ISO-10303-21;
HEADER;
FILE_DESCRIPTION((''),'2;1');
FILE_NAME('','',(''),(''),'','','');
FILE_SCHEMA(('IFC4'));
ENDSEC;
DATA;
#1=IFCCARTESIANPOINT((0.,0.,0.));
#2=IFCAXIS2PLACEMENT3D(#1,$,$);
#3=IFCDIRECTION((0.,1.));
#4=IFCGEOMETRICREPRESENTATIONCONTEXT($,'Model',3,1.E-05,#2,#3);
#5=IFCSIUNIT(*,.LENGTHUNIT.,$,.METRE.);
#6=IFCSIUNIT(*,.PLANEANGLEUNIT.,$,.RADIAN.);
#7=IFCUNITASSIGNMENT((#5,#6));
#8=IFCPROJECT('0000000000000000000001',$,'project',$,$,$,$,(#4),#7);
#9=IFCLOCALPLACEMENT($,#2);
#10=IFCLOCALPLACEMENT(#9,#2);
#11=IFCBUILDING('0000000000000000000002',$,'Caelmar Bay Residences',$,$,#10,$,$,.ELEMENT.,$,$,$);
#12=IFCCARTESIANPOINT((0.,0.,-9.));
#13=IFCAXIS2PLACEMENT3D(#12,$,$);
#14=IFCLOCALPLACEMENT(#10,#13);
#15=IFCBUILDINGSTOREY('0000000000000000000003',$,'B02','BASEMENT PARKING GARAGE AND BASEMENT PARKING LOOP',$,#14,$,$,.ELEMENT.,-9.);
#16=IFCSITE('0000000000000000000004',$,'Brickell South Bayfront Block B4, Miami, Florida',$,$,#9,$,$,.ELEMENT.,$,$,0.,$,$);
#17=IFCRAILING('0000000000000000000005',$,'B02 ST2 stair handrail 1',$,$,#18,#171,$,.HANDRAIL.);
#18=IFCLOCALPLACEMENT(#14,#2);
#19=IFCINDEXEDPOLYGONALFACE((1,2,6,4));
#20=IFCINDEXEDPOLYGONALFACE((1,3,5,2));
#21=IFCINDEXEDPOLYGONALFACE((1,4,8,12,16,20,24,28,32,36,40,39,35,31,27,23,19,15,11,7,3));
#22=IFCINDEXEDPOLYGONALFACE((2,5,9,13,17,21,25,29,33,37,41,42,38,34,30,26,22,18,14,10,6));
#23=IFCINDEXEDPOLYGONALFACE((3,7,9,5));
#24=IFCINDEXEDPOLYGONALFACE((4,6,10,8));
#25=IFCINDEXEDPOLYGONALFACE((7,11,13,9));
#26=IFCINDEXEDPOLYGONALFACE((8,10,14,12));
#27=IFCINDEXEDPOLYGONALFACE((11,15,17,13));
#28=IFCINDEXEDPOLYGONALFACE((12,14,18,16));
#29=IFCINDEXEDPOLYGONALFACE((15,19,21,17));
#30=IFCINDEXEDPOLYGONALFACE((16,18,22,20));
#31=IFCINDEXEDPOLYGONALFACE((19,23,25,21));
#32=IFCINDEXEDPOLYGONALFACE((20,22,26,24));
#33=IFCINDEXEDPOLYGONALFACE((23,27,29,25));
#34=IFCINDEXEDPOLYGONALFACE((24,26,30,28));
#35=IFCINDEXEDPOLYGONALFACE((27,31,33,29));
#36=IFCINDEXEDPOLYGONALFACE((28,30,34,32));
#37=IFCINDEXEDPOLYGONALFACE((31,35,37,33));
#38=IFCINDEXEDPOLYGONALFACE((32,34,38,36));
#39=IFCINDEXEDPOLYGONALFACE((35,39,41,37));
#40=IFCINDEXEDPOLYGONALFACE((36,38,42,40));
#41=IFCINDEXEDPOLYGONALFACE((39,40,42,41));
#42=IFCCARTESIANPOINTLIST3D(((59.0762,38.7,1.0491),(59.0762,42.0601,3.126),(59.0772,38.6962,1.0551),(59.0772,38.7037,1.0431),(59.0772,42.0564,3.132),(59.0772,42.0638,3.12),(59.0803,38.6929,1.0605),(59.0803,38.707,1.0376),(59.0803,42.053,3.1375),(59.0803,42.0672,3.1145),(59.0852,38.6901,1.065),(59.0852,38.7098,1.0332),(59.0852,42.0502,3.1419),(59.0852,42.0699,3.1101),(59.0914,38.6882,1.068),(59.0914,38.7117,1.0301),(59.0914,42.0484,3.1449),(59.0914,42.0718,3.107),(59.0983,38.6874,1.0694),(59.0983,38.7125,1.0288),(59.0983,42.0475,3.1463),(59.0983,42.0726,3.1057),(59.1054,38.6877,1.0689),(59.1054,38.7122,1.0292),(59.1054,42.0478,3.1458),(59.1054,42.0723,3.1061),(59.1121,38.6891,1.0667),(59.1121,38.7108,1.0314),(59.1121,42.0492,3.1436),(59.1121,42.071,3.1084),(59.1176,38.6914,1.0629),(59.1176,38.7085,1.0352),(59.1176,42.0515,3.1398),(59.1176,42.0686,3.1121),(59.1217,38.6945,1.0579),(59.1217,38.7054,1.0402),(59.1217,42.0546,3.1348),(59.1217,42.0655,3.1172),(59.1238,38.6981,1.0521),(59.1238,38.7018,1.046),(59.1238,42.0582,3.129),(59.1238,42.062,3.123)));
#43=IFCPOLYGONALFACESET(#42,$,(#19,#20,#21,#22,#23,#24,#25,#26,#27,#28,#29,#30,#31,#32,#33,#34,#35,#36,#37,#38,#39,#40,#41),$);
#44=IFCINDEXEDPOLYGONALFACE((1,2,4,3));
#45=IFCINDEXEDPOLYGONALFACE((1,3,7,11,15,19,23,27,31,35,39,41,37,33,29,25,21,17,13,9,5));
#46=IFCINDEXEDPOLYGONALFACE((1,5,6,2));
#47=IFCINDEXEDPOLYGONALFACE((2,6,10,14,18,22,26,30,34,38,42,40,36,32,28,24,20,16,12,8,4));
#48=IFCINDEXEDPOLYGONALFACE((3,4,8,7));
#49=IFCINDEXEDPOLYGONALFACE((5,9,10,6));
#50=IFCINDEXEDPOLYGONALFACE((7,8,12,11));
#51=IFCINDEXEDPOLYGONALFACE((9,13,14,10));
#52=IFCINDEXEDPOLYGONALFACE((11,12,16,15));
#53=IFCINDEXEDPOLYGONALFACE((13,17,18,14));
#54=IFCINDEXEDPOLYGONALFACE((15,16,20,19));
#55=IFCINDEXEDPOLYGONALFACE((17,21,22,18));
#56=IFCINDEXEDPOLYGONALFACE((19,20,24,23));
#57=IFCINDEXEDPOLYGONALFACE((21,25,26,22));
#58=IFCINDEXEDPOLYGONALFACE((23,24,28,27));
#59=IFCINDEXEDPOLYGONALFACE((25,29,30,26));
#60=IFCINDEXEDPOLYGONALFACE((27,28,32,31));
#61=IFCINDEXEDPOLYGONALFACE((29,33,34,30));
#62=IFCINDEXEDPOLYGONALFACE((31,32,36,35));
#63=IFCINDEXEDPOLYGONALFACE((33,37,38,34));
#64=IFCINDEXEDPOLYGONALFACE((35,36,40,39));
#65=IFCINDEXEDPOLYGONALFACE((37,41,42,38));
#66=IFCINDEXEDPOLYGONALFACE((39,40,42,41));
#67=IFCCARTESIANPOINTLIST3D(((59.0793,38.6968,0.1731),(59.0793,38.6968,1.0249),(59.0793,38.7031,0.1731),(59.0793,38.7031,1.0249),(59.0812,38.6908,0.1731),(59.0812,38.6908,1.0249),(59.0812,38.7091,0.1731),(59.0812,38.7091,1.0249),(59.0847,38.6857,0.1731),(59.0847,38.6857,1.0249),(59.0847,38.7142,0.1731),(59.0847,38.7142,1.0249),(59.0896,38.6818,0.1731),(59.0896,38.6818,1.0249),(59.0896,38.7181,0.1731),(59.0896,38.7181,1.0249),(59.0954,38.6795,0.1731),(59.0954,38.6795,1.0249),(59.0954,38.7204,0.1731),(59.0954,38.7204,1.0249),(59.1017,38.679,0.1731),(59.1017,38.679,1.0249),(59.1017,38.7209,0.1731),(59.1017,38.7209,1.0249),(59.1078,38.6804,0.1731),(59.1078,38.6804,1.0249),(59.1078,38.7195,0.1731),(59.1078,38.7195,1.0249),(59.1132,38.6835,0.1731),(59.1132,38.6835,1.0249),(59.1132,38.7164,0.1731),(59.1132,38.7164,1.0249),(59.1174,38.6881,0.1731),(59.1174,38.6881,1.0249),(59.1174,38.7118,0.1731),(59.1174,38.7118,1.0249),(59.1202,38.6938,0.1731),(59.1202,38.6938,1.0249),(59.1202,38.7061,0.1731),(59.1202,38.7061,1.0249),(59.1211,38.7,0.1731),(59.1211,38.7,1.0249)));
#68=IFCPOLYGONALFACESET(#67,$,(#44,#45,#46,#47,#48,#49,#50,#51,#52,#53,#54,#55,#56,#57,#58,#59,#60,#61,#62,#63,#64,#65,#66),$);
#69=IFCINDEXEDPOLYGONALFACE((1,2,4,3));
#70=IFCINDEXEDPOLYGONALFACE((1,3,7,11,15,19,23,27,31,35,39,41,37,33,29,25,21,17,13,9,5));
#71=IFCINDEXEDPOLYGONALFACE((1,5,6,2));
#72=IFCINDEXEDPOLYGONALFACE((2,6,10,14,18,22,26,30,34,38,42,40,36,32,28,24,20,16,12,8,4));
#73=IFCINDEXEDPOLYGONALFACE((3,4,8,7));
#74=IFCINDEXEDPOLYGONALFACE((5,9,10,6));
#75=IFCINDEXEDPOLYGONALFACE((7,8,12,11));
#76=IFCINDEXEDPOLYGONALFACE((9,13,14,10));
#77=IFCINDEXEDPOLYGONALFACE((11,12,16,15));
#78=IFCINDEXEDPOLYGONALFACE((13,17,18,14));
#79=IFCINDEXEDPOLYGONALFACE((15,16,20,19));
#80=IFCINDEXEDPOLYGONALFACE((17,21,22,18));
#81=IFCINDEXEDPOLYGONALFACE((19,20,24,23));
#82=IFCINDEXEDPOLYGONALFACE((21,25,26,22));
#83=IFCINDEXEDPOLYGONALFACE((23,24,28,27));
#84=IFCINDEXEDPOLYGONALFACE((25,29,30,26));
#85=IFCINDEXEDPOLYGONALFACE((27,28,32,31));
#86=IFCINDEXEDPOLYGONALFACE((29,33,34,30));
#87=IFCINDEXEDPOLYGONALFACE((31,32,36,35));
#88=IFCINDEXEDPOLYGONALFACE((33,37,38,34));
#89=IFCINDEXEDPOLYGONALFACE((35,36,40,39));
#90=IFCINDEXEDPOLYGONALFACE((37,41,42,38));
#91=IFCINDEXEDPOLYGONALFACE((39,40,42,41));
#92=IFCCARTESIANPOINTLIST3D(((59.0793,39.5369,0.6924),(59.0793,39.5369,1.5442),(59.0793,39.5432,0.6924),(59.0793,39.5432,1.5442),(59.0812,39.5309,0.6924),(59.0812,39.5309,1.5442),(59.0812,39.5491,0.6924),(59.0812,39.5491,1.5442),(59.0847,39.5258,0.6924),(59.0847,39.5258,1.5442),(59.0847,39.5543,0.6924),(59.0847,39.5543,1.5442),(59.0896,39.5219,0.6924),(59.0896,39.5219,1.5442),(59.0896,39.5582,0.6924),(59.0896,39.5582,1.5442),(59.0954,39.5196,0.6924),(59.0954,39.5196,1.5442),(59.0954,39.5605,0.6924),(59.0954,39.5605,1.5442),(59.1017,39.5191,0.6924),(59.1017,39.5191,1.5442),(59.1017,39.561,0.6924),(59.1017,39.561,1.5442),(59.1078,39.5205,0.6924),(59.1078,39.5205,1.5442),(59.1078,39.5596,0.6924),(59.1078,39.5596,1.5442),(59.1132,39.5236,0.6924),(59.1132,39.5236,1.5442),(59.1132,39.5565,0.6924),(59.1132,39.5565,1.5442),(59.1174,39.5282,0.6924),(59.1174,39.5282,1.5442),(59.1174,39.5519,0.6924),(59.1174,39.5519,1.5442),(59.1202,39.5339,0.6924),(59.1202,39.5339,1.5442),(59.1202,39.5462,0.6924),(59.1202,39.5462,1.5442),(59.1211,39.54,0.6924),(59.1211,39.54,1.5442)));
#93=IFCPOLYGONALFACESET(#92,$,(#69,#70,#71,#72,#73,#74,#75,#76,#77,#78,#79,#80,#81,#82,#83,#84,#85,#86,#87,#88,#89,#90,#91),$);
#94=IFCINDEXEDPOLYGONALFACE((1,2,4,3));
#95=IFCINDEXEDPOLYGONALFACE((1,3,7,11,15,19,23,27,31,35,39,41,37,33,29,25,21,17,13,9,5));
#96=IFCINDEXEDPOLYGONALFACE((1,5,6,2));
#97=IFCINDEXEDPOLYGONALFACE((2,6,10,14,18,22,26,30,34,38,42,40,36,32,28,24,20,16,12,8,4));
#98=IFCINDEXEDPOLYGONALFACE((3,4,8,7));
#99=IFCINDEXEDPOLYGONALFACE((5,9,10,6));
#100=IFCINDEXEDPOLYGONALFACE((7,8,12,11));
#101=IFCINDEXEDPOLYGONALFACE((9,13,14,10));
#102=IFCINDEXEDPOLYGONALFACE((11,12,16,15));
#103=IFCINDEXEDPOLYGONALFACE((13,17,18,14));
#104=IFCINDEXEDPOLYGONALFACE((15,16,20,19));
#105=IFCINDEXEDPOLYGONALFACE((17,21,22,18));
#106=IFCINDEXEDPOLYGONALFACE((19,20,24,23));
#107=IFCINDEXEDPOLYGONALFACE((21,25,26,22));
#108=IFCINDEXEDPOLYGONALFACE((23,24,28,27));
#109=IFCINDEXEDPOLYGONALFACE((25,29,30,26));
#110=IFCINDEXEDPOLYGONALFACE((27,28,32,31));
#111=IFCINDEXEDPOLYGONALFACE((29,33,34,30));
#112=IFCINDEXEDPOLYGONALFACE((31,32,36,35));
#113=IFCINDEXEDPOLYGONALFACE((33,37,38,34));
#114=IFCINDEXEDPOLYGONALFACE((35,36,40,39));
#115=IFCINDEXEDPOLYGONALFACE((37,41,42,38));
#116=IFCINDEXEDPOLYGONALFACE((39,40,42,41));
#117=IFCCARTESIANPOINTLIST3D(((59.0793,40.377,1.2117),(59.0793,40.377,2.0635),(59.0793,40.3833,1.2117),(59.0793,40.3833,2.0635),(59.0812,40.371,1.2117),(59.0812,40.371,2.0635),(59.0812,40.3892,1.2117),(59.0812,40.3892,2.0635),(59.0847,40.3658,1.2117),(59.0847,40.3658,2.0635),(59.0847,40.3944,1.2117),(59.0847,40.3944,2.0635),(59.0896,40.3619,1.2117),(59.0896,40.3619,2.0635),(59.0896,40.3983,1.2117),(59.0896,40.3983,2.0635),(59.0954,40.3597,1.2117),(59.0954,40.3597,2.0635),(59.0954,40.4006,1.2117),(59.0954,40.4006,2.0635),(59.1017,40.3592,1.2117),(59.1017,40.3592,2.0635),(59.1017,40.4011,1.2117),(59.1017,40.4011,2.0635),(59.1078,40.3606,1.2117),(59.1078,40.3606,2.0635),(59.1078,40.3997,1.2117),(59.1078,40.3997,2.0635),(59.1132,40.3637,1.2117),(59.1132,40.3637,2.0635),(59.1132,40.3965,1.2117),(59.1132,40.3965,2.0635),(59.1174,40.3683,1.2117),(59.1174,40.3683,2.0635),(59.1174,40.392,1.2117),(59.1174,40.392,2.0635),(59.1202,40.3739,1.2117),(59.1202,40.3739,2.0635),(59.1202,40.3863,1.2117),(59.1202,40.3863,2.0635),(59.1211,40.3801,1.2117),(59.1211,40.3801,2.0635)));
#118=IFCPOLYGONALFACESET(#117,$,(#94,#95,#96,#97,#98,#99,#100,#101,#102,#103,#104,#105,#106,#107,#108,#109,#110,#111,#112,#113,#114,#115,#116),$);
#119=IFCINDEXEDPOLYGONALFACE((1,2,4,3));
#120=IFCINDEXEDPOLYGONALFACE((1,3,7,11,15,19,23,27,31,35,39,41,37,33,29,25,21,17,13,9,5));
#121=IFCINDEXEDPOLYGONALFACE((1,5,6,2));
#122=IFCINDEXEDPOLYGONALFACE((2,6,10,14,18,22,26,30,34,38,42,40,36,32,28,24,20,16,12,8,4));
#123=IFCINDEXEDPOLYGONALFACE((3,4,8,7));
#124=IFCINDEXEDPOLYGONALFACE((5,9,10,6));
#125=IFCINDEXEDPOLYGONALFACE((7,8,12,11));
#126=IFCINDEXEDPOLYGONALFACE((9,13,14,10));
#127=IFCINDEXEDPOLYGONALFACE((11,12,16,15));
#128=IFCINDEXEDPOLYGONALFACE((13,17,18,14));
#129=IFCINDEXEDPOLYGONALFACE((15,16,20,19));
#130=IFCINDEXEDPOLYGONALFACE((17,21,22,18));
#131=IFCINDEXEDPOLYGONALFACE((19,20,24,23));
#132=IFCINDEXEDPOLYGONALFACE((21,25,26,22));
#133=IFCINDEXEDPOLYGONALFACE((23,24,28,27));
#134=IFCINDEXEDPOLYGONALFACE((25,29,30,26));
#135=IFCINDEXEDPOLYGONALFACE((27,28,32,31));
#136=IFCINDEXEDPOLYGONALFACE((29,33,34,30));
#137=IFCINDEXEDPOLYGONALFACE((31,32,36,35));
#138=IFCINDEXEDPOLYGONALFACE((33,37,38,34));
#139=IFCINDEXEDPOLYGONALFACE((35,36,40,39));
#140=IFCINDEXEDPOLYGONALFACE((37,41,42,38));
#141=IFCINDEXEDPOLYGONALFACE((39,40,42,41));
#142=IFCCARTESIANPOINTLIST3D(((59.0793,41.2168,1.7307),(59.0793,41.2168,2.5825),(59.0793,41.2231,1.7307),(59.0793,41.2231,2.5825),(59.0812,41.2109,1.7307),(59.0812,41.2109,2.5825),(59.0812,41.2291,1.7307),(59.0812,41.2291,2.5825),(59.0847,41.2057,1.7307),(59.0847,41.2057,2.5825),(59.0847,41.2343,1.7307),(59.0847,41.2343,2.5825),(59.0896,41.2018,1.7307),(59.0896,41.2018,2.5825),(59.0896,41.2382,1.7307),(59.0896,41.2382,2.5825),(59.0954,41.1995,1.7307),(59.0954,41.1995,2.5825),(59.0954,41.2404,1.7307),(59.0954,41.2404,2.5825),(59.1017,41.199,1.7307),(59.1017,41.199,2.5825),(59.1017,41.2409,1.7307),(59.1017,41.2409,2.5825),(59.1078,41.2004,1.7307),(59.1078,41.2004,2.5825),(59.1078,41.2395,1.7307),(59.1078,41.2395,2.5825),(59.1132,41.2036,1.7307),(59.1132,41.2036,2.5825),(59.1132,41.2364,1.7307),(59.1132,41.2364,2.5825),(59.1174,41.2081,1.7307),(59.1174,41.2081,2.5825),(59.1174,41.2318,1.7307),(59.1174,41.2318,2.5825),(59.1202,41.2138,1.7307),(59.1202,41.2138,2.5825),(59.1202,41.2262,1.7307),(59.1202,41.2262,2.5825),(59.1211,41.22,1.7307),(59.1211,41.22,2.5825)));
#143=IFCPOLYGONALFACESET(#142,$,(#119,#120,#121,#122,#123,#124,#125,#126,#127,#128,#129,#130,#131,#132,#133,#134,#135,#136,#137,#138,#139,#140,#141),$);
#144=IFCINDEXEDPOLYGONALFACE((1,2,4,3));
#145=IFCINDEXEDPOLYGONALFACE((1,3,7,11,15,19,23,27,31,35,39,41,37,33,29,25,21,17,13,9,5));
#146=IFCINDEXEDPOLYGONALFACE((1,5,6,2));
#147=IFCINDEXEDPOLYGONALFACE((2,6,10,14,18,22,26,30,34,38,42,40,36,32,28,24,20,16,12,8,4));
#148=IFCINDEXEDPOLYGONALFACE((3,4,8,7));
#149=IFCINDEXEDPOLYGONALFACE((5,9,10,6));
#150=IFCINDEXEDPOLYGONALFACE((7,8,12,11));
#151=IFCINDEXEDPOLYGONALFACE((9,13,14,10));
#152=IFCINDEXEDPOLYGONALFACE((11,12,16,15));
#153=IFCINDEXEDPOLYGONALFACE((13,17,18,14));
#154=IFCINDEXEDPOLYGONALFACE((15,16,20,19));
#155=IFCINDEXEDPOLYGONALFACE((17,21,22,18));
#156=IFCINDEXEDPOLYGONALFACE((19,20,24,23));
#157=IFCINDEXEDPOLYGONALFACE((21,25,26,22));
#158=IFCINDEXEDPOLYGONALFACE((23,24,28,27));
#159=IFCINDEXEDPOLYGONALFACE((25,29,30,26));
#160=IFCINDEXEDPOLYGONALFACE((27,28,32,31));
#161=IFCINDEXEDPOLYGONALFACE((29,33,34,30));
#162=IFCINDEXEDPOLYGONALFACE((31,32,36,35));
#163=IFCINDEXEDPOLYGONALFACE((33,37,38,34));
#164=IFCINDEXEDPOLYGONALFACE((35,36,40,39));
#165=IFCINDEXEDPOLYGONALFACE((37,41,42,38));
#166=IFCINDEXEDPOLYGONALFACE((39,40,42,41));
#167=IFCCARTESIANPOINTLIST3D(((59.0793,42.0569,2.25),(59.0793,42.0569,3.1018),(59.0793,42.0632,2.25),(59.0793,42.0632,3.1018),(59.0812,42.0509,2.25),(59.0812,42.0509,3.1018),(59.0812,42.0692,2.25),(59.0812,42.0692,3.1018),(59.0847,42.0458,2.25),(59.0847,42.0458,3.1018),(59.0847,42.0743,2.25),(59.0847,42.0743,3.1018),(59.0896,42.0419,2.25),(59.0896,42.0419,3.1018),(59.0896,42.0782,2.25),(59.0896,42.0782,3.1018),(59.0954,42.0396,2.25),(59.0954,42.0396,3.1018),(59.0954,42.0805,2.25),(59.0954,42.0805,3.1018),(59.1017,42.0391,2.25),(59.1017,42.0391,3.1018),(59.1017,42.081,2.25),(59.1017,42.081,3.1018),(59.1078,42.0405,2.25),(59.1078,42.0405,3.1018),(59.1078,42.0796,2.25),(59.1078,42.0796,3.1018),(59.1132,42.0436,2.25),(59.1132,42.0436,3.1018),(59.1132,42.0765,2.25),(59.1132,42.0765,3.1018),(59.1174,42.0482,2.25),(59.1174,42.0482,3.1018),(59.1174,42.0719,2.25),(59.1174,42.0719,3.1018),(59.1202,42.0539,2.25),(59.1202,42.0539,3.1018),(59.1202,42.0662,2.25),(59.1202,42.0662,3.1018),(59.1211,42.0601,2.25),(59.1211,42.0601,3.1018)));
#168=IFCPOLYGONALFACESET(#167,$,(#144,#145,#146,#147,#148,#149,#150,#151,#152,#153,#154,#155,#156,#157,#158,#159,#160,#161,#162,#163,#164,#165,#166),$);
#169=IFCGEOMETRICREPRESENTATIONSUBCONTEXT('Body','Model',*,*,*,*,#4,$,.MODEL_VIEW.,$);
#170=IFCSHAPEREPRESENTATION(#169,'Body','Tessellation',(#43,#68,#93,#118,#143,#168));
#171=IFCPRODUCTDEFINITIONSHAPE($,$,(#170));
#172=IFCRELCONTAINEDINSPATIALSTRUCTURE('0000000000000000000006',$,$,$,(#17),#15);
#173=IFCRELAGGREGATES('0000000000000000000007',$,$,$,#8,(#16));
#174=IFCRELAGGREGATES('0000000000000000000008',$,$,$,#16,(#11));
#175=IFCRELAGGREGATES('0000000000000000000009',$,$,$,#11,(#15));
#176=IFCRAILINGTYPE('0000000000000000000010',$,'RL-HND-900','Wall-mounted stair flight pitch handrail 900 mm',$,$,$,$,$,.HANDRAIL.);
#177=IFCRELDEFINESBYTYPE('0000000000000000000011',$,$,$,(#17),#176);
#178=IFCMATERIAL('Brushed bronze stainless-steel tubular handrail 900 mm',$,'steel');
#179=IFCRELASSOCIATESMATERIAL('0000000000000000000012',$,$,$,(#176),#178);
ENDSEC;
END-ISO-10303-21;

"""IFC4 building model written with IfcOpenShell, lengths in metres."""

from ifc_helpers import new_model, si_unit, direction, frame, origin, origin_2d, place, context, subcontext, project, spatial, circle, extrude, material, type_object, element, save


model = new_model("IFC4")

# Units and contexts
model_context = context("Model", 3, precision=1e-05, world=origin(), true_north=direction((0.0, 1.0)))
body_context = subcontext(model_context, "Body", "Model", "MODEL_VIEW")
ifc_project = project(units=[si_unit("LENGTHUNIT", "METRE"), si_unit("PLANEANGLEUNIT", "RADIAN")], contexts=[model_context])

# Site, building, storey
site_placement = place(None, origin())
site = spatial("IfcSite", under=ifc_project, at=site_placement, Name="Brickell South Bayfront Block B4, Miami, Florida", CompositionType="ELEMENT", RefElevation=0.0)
building_placement = place(site_placement, origin())
building = spatial("IfcBuilding", under=site, at=building_placement, Name="Caelmar Bay Residences", CompositionType="ELEMENT")
storey_placement = place(building_placement, frame((0.0, 0.0, -9.0)))
storey = spatial("IfcBuildingStorey", under=building, at=storey_placement, Name="B02", Description="BASEMENT PARKING GARAGE AND BASEMENT PARKING LOOP", CompositionType="ELEMENT", Elevation=-9.0)

# Railing
ifc_material_1 = material(Name="Brushed bronze stainless-steel tubular handrail 900 mm", Category="steel")
railing_type_1 = type_object("IfcRailingType", Name="RL-HND-900", Description="Wall-mounted stair flight pitch handrail 900 mm", PredefinedType="HANDRAIL", material=ifc_material_1)
railing_1_placement = place(storey_placement, frame((59.1001, 38.7, 0.1731)))
element("IfcRailing", 1, at=railing_1_placement, inside=storey, type_object=railing_type_1, Name="B02 ST2 stair handrail 1", PredefinedType="HANDRAIL", context=body_context, shape_type="SweptSolid", body=[
    extrude(circle(Radius=0.0239, at=origin_2d()), frame((0.0, 0.0, 0.876), z_axis=(0.0, 0.850623, 0.525776), x_axis=(-1.0, 0.0, 0.0)), (0.0, 0.0, 1.0), 3.9502),
    extrude(circle(Radius=0.021, at=origin_2d()), origin(), (0.0, 0.0, 1.0), 0.8518),
    extrude(circle(Radius=0.021, at=origin_2d()), frame((0.0, 0.8401, 0.5193)), (0.0, 0.0, 1.0), 0.8518),
    extrude(circle(Radius=0.021, at=origin_2d()), frame((0.0, 1.6802, 1.0386)), (0.0, 0.0, 1.0), 0.8518),
    extrude(circle(Radius=0.021, at=origin_2d()), frame((0.0, 2.52, 1.5576)), (0.0, 0.0, 1.0), 0.8518),
    extrude(circle(Radius=0.021, at=origin_2d()), frame((0.0, 3.3601, 2.0769)), (0.0, 0.0, 1.0), 0.8518),
])

save(model, "model.ifc")
